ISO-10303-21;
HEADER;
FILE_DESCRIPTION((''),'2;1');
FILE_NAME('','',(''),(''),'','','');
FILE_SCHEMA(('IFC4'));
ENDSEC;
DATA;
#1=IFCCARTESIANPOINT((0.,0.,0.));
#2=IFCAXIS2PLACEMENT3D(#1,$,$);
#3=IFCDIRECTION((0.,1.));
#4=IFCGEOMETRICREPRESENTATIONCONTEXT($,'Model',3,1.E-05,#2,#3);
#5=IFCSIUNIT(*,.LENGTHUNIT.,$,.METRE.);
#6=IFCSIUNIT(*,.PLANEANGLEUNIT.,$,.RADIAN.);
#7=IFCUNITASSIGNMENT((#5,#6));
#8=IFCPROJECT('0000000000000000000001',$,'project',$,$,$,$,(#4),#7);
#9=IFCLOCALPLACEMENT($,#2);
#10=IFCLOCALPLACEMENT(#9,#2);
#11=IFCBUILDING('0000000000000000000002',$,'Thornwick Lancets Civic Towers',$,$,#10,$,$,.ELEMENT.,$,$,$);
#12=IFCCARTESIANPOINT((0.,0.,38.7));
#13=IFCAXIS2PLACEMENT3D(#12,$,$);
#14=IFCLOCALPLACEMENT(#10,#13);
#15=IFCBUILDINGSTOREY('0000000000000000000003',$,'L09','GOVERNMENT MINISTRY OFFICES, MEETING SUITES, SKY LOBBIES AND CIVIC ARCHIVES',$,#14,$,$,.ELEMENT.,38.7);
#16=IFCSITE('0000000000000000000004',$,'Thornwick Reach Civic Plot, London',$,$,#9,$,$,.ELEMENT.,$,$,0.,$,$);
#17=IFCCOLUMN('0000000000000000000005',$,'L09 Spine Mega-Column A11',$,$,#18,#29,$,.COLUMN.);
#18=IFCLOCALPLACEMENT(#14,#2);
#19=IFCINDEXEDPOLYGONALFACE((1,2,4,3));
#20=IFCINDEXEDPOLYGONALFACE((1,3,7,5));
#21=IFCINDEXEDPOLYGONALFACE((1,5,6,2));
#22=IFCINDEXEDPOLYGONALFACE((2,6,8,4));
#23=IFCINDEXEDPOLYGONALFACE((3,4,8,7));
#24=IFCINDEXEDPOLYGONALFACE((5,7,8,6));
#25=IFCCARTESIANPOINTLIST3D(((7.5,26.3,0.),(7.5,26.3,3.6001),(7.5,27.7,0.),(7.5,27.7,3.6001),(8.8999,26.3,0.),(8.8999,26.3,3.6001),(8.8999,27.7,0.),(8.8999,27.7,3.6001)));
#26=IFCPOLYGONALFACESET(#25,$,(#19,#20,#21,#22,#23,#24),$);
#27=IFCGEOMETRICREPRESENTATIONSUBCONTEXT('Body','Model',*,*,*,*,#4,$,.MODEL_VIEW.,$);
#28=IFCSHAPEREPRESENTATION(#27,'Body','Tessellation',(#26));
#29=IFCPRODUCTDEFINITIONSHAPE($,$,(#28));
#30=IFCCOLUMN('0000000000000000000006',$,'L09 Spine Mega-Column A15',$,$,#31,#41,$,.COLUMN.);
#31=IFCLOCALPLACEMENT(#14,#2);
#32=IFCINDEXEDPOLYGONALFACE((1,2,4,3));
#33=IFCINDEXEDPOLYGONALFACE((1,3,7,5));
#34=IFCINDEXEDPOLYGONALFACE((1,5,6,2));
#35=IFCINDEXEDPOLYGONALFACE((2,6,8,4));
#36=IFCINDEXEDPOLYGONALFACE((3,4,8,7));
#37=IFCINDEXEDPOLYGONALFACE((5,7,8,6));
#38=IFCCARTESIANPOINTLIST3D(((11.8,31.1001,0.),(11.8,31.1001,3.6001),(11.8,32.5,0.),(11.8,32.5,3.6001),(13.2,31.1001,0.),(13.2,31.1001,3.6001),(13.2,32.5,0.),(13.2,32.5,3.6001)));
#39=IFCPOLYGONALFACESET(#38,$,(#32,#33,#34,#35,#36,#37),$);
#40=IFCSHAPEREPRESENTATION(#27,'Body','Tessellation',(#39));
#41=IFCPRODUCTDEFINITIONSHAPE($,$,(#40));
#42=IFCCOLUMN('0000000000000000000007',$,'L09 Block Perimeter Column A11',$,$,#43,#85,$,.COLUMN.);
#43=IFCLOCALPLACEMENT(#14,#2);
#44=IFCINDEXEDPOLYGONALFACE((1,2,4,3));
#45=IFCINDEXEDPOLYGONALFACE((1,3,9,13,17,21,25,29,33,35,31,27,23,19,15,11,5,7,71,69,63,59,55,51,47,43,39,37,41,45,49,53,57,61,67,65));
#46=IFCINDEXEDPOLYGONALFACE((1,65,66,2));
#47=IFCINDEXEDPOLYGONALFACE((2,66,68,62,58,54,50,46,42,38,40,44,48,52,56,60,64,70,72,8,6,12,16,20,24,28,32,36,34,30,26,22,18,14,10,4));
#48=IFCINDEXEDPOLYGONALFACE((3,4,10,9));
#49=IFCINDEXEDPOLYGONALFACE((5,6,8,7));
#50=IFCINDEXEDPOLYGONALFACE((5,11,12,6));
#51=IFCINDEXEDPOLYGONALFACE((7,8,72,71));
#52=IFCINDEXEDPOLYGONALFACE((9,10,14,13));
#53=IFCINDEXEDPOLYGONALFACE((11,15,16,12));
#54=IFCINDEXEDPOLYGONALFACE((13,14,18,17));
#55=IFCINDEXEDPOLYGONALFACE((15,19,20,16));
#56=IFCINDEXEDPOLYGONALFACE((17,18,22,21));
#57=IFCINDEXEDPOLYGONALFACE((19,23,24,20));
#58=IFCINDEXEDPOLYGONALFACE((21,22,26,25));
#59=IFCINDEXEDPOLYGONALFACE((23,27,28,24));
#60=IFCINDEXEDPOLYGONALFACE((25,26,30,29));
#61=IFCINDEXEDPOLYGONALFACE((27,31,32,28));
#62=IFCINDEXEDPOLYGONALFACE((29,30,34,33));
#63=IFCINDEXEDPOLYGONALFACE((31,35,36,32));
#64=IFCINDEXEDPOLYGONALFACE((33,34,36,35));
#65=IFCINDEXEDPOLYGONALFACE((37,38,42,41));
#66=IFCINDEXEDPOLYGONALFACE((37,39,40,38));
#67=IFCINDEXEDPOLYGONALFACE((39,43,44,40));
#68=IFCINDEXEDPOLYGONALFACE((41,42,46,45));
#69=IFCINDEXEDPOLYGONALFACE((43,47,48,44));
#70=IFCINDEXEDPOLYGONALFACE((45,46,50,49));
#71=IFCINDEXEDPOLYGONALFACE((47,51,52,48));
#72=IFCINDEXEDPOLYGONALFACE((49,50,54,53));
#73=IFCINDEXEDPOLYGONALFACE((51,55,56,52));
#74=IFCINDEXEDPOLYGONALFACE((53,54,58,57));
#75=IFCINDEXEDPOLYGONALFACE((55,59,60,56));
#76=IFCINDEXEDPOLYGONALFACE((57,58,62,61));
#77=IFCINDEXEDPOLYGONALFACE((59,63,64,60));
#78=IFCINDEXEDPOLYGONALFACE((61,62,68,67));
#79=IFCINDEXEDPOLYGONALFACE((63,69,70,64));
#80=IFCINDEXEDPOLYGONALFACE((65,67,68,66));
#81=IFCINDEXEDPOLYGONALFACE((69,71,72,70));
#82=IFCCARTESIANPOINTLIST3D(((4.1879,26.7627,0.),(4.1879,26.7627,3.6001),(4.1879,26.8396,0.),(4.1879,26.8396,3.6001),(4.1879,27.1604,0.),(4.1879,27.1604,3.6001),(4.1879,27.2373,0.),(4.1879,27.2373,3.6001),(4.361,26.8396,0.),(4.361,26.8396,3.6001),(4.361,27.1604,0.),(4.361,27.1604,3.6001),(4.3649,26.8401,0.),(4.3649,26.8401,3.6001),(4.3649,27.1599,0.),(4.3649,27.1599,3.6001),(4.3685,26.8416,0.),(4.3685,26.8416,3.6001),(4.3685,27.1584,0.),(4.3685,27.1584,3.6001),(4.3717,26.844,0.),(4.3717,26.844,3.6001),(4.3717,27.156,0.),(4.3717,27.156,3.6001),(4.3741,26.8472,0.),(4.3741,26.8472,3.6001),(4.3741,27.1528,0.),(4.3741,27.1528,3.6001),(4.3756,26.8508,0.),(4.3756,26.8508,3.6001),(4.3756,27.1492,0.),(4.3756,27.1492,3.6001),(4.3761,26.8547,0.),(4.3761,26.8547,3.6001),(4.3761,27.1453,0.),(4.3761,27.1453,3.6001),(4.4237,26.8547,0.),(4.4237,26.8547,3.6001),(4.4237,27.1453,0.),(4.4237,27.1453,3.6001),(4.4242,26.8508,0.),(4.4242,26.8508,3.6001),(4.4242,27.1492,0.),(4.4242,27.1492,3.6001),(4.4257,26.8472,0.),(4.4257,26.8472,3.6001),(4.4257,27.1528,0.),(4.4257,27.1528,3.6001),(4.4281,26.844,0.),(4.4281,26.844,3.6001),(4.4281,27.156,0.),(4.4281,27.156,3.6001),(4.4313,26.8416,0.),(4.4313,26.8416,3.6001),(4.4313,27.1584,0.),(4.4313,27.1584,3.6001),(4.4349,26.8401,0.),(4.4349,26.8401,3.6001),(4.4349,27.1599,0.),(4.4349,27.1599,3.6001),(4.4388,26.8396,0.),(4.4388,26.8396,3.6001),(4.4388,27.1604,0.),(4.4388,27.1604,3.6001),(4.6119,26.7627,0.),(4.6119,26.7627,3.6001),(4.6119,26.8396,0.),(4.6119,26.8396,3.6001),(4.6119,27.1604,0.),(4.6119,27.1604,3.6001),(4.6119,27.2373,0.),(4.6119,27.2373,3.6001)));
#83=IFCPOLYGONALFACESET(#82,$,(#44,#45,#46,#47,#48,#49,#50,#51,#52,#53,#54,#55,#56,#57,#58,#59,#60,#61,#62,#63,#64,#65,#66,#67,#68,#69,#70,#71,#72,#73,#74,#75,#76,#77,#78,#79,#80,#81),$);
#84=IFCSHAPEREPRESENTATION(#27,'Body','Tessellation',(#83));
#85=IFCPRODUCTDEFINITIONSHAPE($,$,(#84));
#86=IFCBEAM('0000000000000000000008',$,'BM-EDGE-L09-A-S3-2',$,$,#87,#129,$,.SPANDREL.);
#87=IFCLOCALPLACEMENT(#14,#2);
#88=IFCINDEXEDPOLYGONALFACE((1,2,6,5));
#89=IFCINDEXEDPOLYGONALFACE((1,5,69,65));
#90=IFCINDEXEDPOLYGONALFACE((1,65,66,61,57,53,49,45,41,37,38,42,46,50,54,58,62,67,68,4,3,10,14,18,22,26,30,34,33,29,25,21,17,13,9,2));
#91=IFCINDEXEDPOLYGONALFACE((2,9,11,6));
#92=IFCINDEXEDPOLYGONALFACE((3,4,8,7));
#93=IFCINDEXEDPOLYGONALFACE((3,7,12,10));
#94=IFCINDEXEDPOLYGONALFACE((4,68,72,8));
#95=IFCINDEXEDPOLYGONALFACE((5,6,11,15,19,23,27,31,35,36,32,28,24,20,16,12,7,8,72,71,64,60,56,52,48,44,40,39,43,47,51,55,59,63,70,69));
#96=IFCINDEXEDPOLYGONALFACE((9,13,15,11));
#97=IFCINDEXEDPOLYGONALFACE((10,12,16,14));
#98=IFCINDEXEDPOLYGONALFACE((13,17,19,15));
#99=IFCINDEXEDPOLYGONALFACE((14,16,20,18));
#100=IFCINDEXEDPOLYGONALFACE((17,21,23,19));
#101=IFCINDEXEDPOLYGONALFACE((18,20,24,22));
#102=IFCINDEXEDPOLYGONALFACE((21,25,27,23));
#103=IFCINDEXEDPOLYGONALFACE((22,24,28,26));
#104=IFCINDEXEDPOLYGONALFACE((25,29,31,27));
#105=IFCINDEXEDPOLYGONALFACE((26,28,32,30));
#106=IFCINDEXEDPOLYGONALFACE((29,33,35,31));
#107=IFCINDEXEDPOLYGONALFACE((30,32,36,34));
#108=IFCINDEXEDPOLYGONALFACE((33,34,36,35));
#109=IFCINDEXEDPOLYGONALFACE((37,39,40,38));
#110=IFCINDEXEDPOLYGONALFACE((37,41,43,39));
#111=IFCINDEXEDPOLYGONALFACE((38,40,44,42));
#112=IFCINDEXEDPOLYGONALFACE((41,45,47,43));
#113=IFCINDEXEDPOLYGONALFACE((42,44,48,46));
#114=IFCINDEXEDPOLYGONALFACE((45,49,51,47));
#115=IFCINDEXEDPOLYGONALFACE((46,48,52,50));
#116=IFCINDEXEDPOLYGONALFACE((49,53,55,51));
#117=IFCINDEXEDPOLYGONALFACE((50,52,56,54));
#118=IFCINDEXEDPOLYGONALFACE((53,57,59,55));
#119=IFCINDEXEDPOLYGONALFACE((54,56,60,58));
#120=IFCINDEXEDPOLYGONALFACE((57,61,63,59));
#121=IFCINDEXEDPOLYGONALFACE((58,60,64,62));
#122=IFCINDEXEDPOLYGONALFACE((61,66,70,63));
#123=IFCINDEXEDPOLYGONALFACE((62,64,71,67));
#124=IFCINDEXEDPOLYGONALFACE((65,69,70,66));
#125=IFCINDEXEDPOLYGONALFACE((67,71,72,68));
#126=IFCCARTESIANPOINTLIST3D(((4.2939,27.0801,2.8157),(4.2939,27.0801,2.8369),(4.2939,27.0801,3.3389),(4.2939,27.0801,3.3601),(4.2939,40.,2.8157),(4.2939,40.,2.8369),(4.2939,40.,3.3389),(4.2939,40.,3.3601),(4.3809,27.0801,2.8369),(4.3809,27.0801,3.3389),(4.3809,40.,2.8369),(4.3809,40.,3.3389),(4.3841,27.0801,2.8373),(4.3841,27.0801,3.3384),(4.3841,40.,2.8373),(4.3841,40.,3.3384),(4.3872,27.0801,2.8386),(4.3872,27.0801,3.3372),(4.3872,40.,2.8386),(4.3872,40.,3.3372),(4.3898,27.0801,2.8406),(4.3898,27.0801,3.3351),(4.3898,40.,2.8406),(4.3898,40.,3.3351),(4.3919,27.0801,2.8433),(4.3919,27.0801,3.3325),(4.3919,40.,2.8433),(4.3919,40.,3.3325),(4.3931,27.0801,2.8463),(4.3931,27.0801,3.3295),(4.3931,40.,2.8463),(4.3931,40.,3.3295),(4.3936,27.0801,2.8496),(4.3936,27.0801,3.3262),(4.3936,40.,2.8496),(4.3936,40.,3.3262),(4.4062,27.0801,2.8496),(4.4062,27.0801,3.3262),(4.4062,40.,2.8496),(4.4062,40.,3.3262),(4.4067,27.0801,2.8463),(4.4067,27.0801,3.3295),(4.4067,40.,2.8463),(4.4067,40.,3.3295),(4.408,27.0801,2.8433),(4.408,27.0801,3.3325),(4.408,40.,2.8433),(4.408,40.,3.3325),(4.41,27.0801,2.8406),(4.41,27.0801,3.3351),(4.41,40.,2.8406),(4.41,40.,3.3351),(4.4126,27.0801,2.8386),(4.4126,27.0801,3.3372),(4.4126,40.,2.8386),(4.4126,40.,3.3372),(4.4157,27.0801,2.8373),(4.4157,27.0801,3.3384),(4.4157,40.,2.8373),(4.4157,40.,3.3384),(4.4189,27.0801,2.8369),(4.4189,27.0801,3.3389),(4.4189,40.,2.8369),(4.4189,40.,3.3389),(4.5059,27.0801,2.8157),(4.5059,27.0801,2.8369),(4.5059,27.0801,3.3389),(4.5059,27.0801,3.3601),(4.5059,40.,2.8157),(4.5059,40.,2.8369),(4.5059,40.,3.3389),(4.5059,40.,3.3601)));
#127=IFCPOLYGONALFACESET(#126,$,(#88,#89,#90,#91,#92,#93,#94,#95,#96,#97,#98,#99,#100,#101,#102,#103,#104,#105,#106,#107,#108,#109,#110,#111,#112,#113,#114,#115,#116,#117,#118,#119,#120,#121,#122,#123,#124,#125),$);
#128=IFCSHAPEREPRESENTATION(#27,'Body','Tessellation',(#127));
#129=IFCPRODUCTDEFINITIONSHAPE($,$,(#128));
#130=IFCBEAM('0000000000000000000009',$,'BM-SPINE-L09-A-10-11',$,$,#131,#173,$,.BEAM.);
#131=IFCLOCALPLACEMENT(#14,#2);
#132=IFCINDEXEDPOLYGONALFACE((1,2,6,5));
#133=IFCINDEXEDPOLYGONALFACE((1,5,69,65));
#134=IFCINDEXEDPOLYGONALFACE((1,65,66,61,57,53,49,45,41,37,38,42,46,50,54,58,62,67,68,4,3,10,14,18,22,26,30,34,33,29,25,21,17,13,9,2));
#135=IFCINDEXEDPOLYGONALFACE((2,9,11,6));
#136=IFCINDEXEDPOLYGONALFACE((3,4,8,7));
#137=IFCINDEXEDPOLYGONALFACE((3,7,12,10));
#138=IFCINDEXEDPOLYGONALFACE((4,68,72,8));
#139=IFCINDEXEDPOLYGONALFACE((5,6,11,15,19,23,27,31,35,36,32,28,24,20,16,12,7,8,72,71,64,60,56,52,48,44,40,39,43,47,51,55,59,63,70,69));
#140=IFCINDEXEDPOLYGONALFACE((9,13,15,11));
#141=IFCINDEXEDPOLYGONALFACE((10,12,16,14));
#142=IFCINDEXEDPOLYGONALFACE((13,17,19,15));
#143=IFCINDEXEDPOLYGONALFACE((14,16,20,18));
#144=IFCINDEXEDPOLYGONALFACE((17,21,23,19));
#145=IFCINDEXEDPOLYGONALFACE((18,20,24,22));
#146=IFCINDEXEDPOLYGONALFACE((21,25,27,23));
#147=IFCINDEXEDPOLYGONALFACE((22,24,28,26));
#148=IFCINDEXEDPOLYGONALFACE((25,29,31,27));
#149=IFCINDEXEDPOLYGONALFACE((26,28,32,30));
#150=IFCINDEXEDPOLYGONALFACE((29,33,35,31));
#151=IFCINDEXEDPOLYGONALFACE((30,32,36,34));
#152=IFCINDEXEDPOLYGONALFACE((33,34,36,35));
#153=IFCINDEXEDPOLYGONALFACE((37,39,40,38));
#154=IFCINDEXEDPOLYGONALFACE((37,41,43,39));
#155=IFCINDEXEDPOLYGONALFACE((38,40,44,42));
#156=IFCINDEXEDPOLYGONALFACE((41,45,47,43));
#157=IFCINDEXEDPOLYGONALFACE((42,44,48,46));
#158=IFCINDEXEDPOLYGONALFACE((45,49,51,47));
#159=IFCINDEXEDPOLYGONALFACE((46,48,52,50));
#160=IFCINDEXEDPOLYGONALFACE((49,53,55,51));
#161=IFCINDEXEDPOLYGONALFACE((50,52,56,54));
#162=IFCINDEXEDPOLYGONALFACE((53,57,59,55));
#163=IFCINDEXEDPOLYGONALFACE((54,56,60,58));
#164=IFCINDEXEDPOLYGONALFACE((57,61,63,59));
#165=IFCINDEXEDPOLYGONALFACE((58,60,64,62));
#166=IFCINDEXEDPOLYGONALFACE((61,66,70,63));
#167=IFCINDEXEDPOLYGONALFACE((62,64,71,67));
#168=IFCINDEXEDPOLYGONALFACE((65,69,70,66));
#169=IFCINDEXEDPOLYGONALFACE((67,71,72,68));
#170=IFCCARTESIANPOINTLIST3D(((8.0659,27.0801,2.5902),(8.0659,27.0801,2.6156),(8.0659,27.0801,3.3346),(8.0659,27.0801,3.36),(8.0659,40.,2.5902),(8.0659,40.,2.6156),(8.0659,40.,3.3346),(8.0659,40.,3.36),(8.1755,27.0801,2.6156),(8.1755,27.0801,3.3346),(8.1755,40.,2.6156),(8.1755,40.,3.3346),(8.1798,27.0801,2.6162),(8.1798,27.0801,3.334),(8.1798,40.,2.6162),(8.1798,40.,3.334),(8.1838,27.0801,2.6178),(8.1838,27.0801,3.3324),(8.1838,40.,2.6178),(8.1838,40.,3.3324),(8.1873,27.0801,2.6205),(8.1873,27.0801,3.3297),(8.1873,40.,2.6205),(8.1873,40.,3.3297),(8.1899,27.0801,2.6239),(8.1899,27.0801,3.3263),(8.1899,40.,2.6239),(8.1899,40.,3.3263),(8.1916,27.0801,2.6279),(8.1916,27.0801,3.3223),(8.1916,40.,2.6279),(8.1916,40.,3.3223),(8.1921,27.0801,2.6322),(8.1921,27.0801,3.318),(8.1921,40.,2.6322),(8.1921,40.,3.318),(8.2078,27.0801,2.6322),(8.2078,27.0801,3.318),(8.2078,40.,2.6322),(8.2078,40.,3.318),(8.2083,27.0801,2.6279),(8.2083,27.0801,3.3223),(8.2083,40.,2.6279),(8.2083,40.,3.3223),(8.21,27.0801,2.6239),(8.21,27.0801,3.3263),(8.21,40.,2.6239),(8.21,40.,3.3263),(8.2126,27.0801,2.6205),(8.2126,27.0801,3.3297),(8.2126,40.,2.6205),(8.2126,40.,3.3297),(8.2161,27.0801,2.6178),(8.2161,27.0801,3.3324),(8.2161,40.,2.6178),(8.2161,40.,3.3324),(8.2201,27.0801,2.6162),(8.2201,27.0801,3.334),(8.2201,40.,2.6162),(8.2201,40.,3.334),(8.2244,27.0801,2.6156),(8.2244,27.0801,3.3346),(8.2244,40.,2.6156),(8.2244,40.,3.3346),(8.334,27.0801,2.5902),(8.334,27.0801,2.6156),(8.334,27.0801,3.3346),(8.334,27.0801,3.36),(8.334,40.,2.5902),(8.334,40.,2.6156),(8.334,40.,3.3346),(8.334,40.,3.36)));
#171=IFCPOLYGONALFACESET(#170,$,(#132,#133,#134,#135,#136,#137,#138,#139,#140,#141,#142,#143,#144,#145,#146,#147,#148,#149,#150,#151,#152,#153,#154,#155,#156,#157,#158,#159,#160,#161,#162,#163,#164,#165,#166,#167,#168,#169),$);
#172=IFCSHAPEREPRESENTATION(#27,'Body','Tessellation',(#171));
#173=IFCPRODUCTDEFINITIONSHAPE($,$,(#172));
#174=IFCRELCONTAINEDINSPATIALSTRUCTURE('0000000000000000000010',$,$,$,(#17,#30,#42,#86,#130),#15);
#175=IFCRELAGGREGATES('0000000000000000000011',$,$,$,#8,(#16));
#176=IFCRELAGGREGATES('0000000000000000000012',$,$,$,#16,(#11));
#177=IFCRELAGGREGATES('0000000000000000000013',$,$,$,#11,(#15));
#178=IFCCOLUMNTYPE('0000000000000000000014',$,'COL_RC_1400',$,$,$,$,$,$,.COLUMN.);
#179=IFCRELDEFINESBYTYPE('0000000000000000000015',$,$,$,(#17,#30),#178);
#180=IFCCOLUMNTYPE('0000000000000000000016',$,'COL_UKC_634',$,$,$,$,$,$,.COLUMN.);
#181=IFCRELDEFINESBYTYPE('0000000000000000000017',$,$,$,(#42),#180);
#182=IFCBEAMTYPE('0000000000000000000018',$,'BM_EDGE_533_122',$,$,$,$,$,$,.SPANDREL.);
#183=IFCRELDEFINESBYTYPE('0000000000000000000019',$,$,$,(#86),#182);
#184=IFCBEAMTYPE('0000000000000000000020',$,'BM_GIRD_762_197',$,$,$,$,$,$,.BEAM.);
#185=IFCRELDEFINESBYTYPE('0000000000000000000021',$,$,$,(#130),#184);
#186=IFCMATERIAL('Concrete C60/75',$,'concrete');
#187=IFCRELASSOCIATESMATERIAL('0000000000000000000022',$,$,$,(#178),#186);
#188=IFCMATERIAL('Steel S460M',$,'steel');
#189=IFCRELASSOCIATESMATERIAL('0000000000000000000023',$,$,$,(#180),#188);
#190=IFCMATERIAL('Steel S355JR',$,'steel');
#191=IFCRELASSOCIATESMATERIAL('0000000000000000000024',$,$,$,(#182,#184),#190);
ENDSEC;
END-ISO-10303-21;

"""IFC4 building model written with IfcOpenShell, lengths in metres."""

from ifc_helpers import new_model, si_unit, direction, frame, origin, origin_2d, place, context, subcontext, project, spatial, rectangle, i_section, extrude, material, material_profile, profile_set, type_object, element, save


model = new_model("IFC4")

# Units and contexts
model_context = context("Model", 3, precision=1e-05, world=origin(), true_north=direction((0.0, 1.0)))
body_context = subcontext(model_context, "Body", "Model", "MODEL_VIEW")
ifc_project = project(units=[si_unit("LENGTHUNIT", "METRE"), si_unit("PLANEANGLEUNIT", "RADIAN")], contexts=[model_context])

# Site, building, storey
site_placement = place(None, origin())
site = spatial("IfcSite", under=ifc_project, at=site_placement, Name="Thornwick Reach Civic Plot, London", CompositionType="ELEMENT", RefElevation=0.0)
building_placement = place(site_placement, origin())
building = spatial("IfcBuilding", under=site, at=building_placement, Name="Thornwick Lancets Civic Towers", CompositionType="ELEMENT")
storey_placement = place(building_placement, frame((0.0, 0.0, 38.7)))
storey = spatial("IfcBuildingStorey", under=building, at=storey_placement, Name="L09", Description="GOVERNMENT MINISTRY OFFICES, MEETING SUITES, SKY LOBBIES AND CIVIC ARCHIVES", CompositionType="ELEMENT", Elevation=38.7)

# Columns
ifc_material_1 = material(Name="Concrete C60/75", Category="concrete")
ifc_material_profile_1 = material_profile(ifc_material_1, rectangle(XDim=1.3999, YDim=1.3999, at=origin_2d()), Name="RC 1400x1400")
ifc_profile_set_1 = profile_set([ifc_material_profile_1], Name="Concrete C60/75")
column_type_1 = type_object("IfcColumnType", Name="COL_RC_1400", PredefinedType="COLUMN", material=ifc_profile_set_1)
for number, where, z_axis, x_axis, name in (
    (1, (8.2, 27.0, 0.0), (0.0, 0.0, 1.0), (1.0, 0.0, 0.0), "L09 Spine Mega-Column A11"),
    (2, (12.5, 31.8, 0.0), (0.0, 0.0, 1.0), (1.0, 0.0, 0.0), "L09 Spine Mega-Column A15"),
):
    element("IfcColumn", number, at=place(storey_placement, frame(where, z_axis=z_axis, x_axis=x_axis)), inside=storey, type_object=column_type_1, Name=name, PredefinedType="COLUMN", context=body_context, shape_type="SweptSolid", body=[
        extrude(rectangle(XDim=1.3999, YDim=1.3999, at=origin_2d()), origin(), (0.0, 0.0, 1.0), 3.6001),
    ])
ifc_material_2 = material(Name="Steel S460M", Category="steel")
ifc_material_profile_2 = material_profile(ifc_material_2, i_section(OverallWidth=0.4241, OverallDepth=0.4746, WebThickness=0.0476, FlangeThickness=0.0769, FilletRadius=0.0151, at=origin_2d()), Name="UKC 356x406x634")
ifc_profile_set_2 = profile_set([ifc_material_profile_2], Name="Steel S460M")
column_type_2 = type_object("IfcColumnType", Name="COL_UKC_634", PredefinedType="COLUMN", material=ifc_profile_set_2)
column_placement = place(storey_placement, frame((4.3999, 27.0, 0.0), z_axis=(0.0, 0.0, 1.0), x_axis=(1.0, 0.0, 0.0)))
element("IfcColumn", 3, at=column_placement, inside=storey, type_object=column_type_2, Name="L09 Block Perimeter Column A11", PredefinedType="COLUMN", context=body_context, shape_type="SweptSolid", body=[
    extrude(i_section(OverallWidth=0.4241, OverallDepth=0.4746, WebThickness=0.0476, FlangeThickness=0.0769, FilletRadius=0.0151, at=origin_2d()), origin(), (0.0, 0.0, 1.0), 3.6001),
])

# Beams
ifc_material_3 = material(Name="Steel S355JR", Category="steel")
ifc_material_profile_3 = material_profile(ifc_material_3, i_section(OverallWidth=0.2119, OverallDepth=0.5444, WebThickness=0.0127, FlangeThickness=0.0212, FilletRadius=0.0127, at=origin_2d()), Name="UKB 533x210x122")
ifc_profile_set_3 = profile_set([ifc_material_profile_3], Name="Steel S355JR")
beam_type_1 = type_object("IfcBeamType", Name="BM_EDGE_533_122", PredefinedType="SPANDREL", material=ifc_profile_set_3)
beam_1_placement = place(storey_placement, frame((4.3999, 27.0801, 3.0879), z_axis=(0.0, 1.0, 0.0), x_axis=(-1.0, 0.0, 0.0)))
element("IfcBeam", 4, at=beam_1_placement, inside=storey, type_object=beam_type_1, Name="BM-EDGE-L09-A-S3-2", PredefinedType="SPANDREL", context=body_context, shape_type="SweptSolid", body=[
    extrude(i_section(OverallWidth=0.2119, OverallDepth=0.5444, WebThickness=0.0127, FlangeThickness=0.0212, FilletRadius=0.0127, at=origin_2d()), origin(), (0.0, 0.0, 1.0), 12.9199),
])
ifc_material_profile_4 = material_profile(ifc_material_3, i_section(OverallWidth=0.2681, OverallDepth=0.7698, WebThickness=0.0156, FlangeThickness=0.0254, FilletRadius=0.0166, at=origin_2d()), Name="UKB 762x267x197")
ifc_profile_set_4 = profile_set([ifc_material_profile_4], Name="Steel S355JR")
beam_type_2 = type_object("IfcBeamType", Name="BM_GIRD_762_197", PredefinedType="BEAM", material=ifc_profile_set_4)
beam_2_placement = place(storey_placement, frame((8.2, 27.0801, 2.9751), z_axis=(0.0, 1.0, 0.0), x_axis=(-1.0, 0.0, 0.0)))
element("IfcBeam", 5, at=beam_2_placement, inside=storey, type_object=beam_type_2, Name="BM-SPINE-L09-A-10-11", PredefinedType="BEAM", context=body_context, shape_type="SweptSolid", body=[
    extrude(i_section(OverallWidth=0.2681, OverallDepth=0.7698, WebThickness=0.0156, FlangeThickness=0.0254, FilletRadius=0.0166, at=origin_2d()), origin(), (0.0, 0.0, 1.0), 12.9199),
])

save(model, "model.ifc")
